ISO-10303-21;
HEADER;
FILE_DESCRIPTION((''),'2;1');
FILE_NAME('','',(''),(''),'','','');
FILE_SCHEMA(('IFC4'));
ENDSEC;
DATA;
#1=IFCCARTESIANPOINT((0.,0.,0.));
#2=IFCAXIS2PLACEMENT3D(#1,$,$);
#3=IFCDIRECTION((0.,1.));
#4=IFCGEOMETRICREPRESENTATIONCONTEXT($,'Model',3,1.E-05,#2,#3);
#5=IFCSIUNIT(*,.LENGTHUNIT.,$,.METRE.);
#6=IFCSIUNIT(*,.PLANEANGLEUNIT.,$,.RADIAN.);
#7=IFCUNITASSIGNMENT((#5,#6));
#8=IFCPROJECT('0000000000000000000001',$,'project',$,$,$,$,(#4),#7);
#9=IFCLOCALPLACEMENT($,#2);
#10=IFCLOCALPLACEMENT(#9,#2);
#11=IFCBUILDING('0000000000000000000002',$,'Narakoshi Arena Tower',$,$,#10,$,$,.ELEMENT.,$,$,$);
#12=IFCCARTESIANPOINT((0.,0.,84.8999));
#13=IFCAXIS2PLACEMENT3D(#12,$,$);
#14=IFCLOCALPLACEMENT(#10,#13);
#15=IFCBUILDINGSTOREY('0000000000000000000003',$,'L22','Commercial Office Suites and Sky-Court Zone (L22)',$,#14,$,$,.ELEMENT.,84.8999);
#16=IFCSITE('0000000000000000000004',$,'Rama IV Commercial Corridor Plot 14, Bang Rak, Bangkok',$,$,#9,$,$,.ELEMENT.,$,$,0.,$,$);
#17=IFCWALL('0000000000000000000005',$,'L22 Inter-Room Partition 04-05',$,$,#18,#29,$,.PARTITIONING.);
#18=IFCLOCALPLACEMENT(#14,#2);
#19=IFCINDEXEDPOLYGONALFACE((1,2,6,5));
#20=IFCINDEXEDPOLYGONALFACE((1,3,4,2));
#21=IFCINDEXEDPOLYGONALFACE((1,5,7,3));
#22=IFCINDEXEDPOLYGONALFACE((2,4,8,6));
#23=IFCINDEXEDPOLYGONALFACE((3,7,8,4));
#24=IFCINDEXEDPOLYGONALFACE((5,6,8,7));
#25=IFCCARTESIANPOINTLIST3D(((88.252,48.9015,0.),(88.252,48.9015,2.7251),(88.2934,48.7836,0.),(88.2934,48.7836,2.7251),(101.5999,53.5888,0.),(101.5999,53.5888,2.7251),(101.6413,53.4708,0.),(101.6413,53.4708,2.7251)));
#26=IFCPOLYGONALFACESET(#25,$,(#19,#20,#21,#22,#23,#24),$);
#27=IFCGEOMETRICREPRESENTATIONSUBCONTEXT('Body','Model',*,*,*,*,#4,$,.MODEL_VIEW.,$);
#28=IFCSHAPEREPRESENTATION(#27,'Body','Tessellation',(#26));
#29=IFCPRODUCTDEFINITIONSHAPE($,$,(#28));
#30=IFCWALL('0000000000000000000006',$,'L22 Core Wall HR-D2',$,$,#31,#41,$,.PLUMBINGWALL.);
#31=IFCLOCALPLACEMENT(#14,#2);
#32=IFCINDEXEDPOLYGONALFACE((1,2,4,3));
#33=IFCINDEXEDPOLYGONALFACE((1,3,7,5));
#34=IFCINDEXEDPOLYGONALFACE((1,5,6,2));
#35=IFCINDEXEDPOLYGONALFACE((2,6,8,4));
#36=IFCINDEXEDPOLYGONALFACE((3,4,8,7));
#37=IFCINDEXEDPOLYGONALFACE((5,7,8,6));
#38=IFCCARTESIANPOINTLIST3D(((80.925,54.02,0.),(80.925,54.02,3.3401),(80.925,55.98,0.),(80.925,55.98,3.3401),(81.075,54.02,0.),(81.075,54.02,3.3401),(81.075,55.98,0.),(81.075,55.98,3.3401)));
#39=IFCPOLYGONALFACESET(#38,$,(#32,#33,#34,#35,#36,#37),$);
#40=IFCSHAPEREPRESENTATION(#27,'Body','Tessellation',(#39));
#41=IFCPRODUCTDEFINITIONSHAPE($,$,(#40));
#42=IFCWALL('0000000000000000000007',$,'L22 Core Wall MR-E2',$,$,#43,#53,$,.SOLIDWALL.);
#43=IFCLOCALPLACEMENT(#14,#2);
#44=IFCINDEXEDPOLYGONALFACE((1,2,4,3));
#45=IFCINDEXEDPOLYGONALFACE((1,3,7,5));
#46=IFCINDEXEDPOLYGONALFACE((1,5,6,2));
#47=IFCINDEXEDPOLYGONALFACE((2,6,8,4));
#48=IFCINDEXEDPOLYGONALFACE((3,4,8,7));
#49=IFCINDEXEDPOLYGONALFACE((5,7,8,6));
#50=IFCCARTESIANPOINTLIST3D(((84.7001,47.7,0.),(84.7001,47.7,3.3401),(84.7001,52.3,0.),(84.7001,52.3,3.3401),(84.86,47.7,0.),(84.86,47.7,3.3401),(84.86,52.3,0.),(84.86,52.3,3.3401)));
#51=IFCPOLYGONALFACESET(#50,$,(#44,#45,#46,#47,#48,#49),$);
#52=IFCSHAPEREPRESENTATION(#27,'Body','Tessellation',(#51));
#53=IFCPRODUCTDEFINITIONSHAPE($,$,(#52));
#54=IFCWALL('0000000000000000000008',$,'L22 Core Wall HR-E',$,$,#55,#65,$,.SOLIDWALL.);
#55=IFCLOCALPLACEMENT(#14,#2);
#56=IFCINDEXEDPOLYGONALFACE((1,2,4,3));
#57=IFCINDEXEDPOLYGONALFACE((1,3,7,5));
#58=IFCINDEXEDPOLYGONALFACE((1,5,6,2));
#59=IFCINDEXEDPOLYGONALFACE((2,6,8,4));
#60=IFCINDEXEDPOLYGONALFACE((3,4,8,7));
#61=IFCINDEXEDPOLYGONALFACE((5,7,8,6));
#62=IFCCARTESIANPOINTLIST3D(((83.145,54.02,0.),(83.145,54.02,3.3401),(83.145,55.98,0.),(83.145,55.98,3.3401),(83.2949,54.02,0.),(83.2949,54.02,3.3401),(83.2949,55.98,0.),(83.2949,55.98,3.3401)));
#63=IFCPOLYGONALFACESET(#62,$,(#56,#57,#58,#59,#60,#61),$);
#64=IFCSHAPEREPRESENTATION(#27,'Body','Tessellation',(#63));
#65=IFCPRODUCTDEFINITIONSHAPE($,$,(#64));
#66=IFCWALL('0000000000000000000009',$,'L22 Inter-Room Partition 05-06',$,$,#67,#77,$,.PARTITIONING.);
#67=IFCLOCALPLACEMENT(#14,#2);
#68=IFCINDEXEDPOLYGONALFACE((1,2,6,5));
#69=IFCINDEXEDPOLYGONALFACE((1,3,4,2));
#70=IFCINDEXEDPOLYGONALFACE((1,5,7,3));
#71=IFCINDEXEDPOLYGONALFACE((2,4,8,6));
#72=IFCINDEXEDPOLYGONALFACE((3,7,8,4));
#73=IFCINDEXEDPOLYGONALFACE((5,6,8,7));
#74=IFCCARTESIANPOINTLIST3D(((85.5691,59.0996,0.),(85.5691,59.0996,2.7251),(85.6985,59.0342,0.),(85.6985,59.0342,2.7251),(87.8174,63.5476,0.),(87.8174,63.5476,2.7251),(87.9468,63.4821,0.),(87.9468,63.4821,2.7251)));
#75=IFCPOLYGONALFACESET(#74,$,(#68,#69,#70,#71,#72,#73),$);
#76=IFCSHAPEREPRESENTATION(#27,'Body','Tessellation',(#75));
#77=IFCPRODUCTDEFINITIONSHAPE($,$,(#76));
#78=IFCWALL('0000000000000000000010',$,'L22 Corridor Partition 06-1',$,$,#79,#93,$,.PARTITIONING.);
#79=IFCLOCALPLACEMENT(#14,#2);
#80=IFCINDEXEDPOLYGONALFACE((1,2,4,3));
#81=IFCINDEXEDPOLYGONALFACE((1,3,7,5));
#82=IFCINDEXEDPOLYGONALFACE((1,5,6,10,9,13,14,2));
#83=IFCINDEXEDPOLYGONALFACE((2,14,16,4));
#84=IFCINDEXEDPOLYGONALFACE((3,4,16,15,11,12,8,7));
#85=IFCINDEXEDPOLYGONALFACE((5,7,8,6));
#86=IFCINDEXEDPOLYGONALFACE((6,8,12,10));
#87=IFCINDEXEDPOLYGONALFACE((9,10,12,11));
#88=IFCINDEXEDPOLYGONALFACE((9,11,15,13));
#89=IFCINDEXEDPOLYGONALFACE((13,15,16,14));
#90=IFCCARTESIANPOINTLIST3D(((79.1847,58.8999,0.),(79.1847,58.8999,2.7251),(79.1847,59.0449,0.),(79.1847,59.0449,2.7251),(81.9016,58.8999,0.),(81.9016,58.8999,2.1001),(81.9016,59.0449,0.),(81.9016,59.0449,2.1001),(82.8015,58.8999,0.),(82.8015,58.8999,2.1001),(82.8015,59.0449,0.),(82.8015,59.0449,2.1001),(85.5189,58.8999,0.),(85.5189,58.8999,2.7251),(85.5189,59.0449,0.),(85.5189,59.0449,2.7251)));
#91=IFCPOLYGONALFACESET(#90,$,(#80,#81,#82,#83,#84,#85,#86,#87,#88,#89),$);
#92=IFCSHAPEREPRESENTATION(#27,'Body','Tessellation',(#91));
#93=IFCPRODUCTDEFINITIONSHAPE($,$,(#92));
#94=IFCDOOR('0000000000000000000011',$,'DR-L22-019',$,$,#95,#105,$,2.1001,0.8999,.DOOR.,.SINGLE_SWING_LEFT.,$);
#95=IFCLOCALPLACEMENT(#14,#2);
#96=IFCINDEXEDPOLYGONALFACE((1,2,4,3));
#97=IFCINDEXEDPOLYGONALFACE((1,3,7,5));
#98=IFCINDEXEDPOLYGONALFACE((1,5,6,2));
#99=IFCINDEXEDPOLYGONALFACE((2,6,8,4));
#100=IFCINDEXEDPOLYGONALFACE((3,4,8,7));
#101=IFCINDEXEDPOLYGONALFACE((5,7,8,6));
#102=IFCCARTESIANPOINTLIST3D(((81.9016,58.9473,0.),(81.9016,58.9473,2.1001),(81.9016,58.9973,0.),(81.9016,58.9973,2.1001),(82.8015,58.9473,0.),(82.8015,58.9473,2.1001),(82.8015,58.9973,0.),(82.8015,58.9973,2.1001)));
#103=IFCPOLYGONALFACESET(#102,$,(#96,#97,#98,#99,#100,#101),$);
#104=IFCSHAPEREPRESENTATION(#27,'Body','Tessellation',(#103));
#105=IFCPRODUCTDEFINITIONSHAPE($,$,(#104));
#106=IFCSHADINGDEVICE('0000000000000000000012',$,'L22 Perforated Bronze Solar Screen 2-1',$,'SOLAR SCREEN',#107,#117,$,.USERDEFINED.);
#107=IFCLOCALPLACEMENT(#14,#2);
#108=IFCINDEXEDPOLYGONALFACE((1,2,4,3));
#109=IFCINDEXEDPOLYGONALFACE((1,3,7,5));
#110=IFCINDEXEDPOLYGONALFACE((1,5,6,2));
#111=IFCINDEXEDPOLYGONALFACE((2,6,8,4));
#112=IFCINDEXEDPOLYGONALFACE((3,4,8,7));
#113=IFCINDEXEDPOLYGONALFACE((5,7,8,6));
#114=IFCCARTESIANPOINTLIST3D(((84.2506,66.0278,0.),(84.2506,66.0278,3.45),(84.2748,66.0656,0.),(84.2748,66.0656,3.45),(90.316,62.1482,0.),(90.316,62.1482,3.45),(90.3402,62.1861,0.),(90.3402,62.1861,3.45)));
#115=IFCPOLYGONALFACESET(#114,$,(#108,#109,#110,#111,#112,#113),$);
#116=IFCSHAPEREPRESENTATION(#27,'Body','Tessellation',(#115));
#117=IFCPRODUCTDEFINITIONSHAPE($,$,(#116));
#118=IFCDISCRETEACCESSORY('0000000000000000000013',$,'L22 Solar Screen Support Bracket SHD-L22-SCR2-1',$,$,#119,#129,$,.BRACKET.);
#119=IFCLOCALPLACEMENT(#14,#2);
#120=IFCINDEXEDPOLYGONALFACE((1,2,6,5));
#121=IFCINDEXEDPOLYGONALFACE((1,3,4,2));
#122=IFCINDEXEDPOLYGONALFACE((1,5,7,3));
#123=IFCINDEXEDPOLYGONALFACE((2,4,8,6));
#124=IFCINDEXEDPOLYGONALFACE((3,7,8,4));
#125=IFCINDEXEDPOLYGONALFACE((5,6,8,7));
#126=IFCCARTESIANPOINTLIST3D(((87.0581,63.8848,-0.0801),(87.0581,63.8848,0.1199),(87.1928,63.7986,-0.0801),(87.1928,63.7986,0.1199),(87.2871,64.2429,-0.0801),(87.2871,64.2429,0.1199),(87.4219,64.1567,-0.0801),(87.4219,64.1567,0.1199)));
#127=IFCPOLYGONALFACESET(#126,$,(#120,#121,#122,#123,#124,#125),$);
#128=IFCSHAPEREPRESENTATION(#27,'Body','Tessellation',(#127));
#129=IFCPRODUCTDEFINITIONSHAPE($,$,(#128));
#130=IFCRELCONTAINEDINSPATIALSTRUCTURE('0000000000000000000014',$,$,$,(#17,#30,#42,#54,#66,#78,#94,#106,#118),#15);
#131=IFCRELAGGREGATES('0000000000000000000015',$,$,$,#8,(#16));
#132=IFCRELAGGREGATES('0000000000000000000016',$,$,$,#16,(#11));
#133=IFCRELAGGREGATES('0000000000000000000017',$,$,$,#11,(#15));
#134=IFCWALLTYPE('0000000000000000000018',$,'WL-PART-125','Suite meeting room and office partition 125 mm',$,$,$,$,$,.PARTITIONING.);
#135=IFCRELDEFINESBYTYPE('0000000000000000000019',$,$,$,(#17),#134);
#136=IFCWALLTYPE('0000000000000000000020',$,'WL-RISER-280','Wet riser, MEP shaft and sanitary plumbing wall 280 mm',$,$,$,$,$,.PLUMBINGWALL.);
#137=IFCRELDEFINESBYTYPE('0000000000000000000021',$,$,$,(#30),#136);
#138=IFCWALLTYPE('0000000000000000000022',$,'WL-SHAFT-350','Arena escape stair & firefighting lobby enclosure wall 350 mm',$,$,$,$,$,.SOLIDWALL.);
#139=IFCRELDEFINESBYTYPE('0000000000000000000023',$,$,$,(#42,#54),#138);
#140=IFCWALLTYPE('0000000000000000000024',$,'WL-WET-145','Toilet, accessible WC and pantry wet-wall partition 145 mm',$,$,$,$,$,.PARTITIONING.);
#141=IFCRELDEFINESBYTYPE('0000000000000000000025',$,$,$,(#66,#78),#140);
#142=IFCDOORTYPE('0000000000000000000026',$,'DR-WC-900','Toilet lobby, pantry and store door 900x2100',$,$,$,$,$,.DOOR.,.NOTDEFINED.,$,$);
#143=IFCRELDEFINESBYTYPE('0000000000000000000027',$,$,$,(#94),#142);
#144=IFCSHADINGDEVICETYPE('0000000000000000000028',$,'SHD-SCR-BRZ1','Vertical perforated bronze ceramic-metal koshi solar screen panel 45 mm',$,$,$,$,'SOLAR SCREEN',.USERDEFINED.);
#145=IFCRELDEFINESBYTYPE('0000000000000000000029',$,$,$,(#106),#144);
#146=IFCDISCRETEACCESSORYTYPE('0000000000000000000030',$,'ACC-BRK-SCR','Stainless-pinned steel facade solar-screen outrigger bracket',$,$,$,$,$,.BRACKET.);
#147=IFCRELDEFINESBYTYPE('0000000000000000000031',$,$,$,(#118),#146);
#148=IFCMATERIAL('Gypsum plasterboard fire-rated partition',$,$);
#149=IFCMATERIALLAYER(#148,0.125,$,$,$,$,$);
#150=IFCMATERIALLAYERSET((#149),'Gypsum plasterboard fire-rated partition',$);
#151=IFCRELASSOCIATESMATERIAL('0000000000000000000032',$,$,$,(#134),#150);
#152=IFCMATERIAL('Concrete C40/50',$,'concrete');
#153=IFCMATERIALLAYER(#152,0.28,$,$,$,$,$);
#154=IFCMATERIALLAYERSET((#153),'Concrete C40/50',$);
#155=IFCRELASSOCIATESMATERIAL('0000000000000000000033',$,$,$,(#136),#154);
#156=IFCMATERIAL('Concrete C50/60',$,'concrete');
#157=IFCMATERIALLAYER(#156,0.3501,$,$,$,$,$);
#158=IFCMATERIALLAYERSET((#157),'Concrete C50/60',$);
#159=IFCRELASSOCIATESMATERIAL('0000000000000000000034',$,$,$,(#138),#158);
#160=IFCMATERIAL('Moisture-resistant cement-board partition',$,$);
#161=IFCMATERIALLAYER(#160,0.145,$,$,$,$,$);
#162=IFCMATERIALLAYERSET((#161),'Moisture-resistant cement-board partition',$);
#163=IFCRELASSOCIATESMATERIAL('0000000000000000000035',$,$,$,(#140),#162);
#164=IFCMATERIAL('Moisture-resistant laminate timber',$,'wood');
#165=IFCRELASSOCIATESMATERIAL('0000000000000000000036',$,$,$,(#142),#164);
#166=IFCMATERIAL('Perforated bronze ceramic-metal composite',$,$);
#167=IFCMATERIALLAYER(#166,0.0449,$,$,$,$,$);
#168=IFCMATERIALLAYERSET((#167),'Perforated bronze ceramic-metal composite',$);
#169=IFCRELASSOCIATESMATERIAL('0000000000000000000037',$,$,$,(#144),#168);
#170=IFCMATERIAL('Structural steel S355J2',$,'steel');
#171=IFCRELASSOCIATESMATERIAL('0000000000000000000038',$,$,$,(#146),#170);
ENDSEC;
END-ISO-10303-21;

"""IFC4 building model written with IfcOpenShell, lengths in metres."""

from ifc_helpers import new_model, si_unit, direction, frame, frame_2d, origin, origin_2d, place, context, subcontext, project, spatial, rectangle, extrude, material, layer, layer_set, type_object, element, fill, save


model = new_model("IFC4")

# Units and contexts
model_context = context("Model", 3, precision=1e-05, world=origin(), true_north=direction((0.0, 1.0)))
body_context = subcontext(model_context, "Body", "Model", "MODEL_VIEW")
ifc_project = project(units=[si_unit("LENGTHUNIT", "METRE"), si_unit("PLANEANGLEUNIT", "RADIAN")], contexts=[model_context])

# Site, building, storey
site_placement = place(None, origin())
site = spatial("IfcSite", under=ifc_project, at=site_placement, Name="Rama IV Commercial Corridor Plot 14, Bang Rak, Bangkok", CompositionType="ELEMENT", RefElevation=0.0)
building_placement = place(site_placement, origin())
building = spatial("IfcBuilding", under=site, at=building_placement, Name="Narakoshi Arena Tower", CompositionType="ELEMENT")
storey_placement = place(building_placement, frame((0.0, 0.0, 84.8999)))
storey = spatial("IfcBuildingStorey", under=building, at=storey_placement, Name="L22", Description="Commercial Office Suites and Sky-Court Zone (L22)", CompositionType="ELEMENT", Elevation=84.8999)

# Shared definitions
ifc_material_1 = material(Name="Structural steel S355J2", Category="steel")

# Shared definitions
ifc_material_2 = material(Name="Gypsum plasterboard fire-rated partition")

# Walls
ifc_layer_1 = layer(ifc_material_2, 0.125)
ifc_layer_set_1 = layer_set([ifc_layer_1], Name="Gypsum plasterboard fire-rated partition")
wall_type_1 = type_object("IfcWallType", Name="WL-PART-125", Description="Suite meeting room and office partition 125 mm", PredefinedType="PARTITIONING", material=ifc_layer_set_1)
wall_1_placement = place(storey_placement, frame((88.2727, 48.8425, 0.0), z_axis=(0.0, 0.0, 1.0), x_axis=(0.943516, 0.331326, 0.0)))
element("IfcWall", 1, at=wall_1_placement, inside=storey, type_object=wall_type_1, Name="L22 Inter-Room Partition 04-05", PredefinedType="PARTITIONING", context=body_context, shape_type="SweptSolid", body=[
    extrude(rectangle(XDim=14.147, YDim=0.125, at=frame_2d((7.0735, 0.0))), origin(), (0.0, 0.0, 1.0), 2.7251),
])
ifc_material_3 = material(Name="Concrete C40/50", Category="concrete")
ifc_layer_2 = layer(ifc_material_3, 0.28)
ifc_layer_set_2 = layer_set([ifc_layer_2], Name="Concrete C40/50")
wall_type_2 = type_object("IfcWallType", Name="WL-RISER-280", Description="Wet riser, MEP shaft and sanitary plumbing wall 280 mm", PredefinedType="PLUMBINGWALL", material=ifc_layer_set_2)
wall_2_placement = place(storey_placement, frame((81.0, 54.02, 0.0), z_axis=(0.0, 0.0, 1.0), x_axis=(0.0, 1.0, 0.0)))
element("IfcWall", 2, at=wall_2_placement, inside=storey, type_object=wall_type_2, Name="L22 Core Wall HR-D2", PredefinedType="PLUMBINGWALL", context=body_context, shape_type="SweptSolid", body=[
    extrude(rectangle(XDim=1.96, YDim=0.1499, at=frame_2d((0.98, 0.0))), origin(), (0.0, 0.0, 1.0), 3.3401),
])
ifc_material_4 = material(Name="Concrete C50/60", Category="concrete")
ifc_layer_3 = layer(ifc_material_4, 0.3501)
ifc_layer_set_3 = layer_set([ifc_layer_3], Name="Concrete C50/60")
wall_type_3 = type_object("IfcWallType", Name="WL-SHAFT-350", Description="Arena escape stair & firefighting lobby enclosure wall 350 mm", PredefinedType="SOLIDWALL", material=ifc_layer_set_3)
wall_3_placement = place(storey_placement, frame((84.78, 47.7, 0.0), z_axis=(0.0, 0.0, 1.0), x_axis=(0.0, 1.0, 0.0)))
element("IfcWall", 3, at=wall_3_placement, inside=storey, type_object=wall_type_3, Name="L22 Core Wall MR-E2", PredefinedType="SOLIDWALL", context=body_context, shape_type="SweptSolid", body=[
    extrude(rectangle(XDim=4.6001, YDim=0.1599, at=frame_2d((2.3, 0.0))), origin(), (0.0, 0.0, 1.0), 3.3401),
])
wall_4_placement = place(storey_placement, frame((83.22, 54.02, 0.0), z_axis=(0.0, 0.0, 1.0), x_axis=(0.0, 1.0, 0.0)))
element("IfcWall", 4, at=wall_4_placement, inside=storey, type_object=wall_type_3, Name="L22 Core Wall HR-E", PredefinedType="SOLIDWALL", context=body_context, shape_type="SweptSolid", body=[
    extrude(rectangle(XDim=1.96, YDim=0.1499, at=frame_2d((0.98, 0.0))), origin(), (0.0, 0.0, 1.0), 3.3401),
])
ifc_material_5 = material(Name="Moisture-resistant cement-board partition")
ifc_layer_4 = layer(ifc_material_5, 0.145)
ifc_layer_set_4 = layer_set([ifc_layer_4], Name="Moisture-resistant cement-board partition")
wall_type_4 = type_object("IfcWallType", Name="WL-WET-145", Description="Toilet, accessible WC and pantry wet-wall partition 145 mm", PredefinedType="PARTITIONING", material=ifc_layer_set_4)
wall_5_placement = place(storey_placement, frame((85.6338, 59.0669, 0.0), z_axis=(0.0, 0.0, 1.0), x_axis=(0.451109, 0.892469, 0.0)))
element("IfcWall", 5, at=wall_5_placement, inside=storey, type_object=wall_type_4, Name="L22 Inter-Room Partition 05-06", PredefinedType="PARTITIONING", context=body_context, shape_type="SweptSolid", body=[
    extrude(rectangle(XDim=4.9839, YDim=0.145, at=frame_2d((2.4919, 0.0))), origin(), (0.0, 0.0, 1.0), 2.7251),
])

# Wall, opening, door
wall_6_placement = place(storey_placement, frame((85.5188, 58.9724, 0.0), z_axis=(0.0, 0.0, 1.0), x_axis=(-1.0, 0.0, 0.0)))
wall_6 = element("IfcWall", 6, at=wall_6_placement, inside=storey, type_object=wall_type_4, Name="L22 Corridor Partition 06-1", PredefinedType="PARTITIONING", context=body_context, shape_type="SweptSolid", body=[
    extrude(rectangle(XDim=6.3342, YDim=0.145, at=frame_2d((3.167, 0.0))), origin(), (0.0, 0.0, 1.0), 2.7251),
])
opening_1_placement = place(wall_6_placement, frame((2.7173, 0.0, 0.0)))
opening_1 = element("IfcOpeningElement", 7, at=opening_1_placement, cuts=wall_6, PredefinedType="OPENING", context=body_context, shape_type="SweptSolid", body=[
    extrude(rectangle(XDim=0.8999, YDim=2.1001, at=frame_2d((0.45, 1.05))), frame((0.0, 0.0825, 0.0), z_axis=(0.0, -1.0, 0.0), x_axis=(1.0, 0.0, 0.0)), (0.0, 0.0, 1.0), 0.165),
])
ifc_material_6 = material(Name="Moisture-resistant laminate timber", Category="wood")
door_type_1 = type_object("IfcDoorType", Name="DR-WC-900", Description="Toilet lobby, pantry and store door 900x2100", OperationType="NOTDEFINED", PredefinedType="DOOR", material=ifc_material_6)
door_1_placement = place(opening_1_placement, frame((0.8999, 0.0, 0.0), z_axis=(0.0, 0.0, 1.0), x_axis=(-1.0, 0.0, 0.0)))
door_1 = element("IfcDoor", 8, at=door_1_placement, inside=storey, type_object=door_type_1, Name="DR-L22-019", OperationType="SINGLE_SWING_LEFT", OverallHeight=2.1001, OverallWidth=0.8999, PredefinedType="DOOR", context=body_context, shape_type="SweptSolid", body=[
    extrude(rectangle(XDim=0.8999, YDim=2.1001, at=frame_2d((0.45, 1.05))), frame((0.0, 0.0249, 0.0), z_axis=(0.0, -1.0, 0.0), x_axis=(1.0, 0.0, 0.0)), (0.0, 0.0, 1.0), 0.05),
])
fill(opening_1, door_1)

# Shading device
ifc_material_7 = material(Name="Perforated bronze ceramic-metal composite")
ifc_layer_5 = layer(ifc_material_7, 0.0449)
ifc_layer_set_5 = layer_set([ifc_layer_5], Name="Perforated bronze ceramic-metal composite")
shading_device_type = type_object("IfcShadingDeviceType", Name="SHD-SCR-BRZ1", Description="Vertical perforated bronze ceramic-metal koshi solar screen panel 45 mm", ElementType="SOLAR SCREEN", PredefinedType="USERDEFINED", material=ifc_layer_set_5)
shading_device_placement = place(storey_placement, frame((87.2954, 64.1069, 0.0), z_axis=(0.0, 0.0, 1.0), x_axis=(-0.842415, 0.53883, 0.0)))
element("IfcShadingDevice", 9, at=shading_device_placement, inside=storey, type_object=shading_device_type, Name="L22 Perforated Bronze Solar Screen 2-1", ObjectType="SOLAR SCREEN", PredefinedType="USERDEFINED", context=body_context, shape_type="SweptSolid", body=[
    extrude(rectangle(XDim=7.2, YDim=0.0449, at=origin_2d()), origin(), (0.0, 0.0, 1.0), 3.45),
])

# Discrete accessory
discrete_accessory_type = type_object("IfcDiscreteAccessoryType", Name="ACC-BRK-SCR", Description="Stainless-pinned steel facade solar-screen outrigger bracket", PredefinedType="BRACKET", material=ifc_material_1)
discrete_accessory_placement = place(storey_placement, frame((87.24, 64.0208, -0.0801), z_axis=(0.0, 0.0, 1.0), x_axis=(-0.842415, 0.53883, 0.0)))
element("IfcDiscreteAccessory", 10, at=discrete_accessory_placement, inside=storey, type_object=discrete_accessory_type, Name="L22 Solar Screen Support Bracket SHD-L22-SCR2-1", PredefinedType="BRACKET", context=body_context, shape_type="SweptSolid", body=[
    extrude(rectangle(XDim=0.1599, YDim=0.425, at=origin_2d()), origin(), (0.0, 0.0, 1.0), 0.2),
])

save(model, "model.ifc")
